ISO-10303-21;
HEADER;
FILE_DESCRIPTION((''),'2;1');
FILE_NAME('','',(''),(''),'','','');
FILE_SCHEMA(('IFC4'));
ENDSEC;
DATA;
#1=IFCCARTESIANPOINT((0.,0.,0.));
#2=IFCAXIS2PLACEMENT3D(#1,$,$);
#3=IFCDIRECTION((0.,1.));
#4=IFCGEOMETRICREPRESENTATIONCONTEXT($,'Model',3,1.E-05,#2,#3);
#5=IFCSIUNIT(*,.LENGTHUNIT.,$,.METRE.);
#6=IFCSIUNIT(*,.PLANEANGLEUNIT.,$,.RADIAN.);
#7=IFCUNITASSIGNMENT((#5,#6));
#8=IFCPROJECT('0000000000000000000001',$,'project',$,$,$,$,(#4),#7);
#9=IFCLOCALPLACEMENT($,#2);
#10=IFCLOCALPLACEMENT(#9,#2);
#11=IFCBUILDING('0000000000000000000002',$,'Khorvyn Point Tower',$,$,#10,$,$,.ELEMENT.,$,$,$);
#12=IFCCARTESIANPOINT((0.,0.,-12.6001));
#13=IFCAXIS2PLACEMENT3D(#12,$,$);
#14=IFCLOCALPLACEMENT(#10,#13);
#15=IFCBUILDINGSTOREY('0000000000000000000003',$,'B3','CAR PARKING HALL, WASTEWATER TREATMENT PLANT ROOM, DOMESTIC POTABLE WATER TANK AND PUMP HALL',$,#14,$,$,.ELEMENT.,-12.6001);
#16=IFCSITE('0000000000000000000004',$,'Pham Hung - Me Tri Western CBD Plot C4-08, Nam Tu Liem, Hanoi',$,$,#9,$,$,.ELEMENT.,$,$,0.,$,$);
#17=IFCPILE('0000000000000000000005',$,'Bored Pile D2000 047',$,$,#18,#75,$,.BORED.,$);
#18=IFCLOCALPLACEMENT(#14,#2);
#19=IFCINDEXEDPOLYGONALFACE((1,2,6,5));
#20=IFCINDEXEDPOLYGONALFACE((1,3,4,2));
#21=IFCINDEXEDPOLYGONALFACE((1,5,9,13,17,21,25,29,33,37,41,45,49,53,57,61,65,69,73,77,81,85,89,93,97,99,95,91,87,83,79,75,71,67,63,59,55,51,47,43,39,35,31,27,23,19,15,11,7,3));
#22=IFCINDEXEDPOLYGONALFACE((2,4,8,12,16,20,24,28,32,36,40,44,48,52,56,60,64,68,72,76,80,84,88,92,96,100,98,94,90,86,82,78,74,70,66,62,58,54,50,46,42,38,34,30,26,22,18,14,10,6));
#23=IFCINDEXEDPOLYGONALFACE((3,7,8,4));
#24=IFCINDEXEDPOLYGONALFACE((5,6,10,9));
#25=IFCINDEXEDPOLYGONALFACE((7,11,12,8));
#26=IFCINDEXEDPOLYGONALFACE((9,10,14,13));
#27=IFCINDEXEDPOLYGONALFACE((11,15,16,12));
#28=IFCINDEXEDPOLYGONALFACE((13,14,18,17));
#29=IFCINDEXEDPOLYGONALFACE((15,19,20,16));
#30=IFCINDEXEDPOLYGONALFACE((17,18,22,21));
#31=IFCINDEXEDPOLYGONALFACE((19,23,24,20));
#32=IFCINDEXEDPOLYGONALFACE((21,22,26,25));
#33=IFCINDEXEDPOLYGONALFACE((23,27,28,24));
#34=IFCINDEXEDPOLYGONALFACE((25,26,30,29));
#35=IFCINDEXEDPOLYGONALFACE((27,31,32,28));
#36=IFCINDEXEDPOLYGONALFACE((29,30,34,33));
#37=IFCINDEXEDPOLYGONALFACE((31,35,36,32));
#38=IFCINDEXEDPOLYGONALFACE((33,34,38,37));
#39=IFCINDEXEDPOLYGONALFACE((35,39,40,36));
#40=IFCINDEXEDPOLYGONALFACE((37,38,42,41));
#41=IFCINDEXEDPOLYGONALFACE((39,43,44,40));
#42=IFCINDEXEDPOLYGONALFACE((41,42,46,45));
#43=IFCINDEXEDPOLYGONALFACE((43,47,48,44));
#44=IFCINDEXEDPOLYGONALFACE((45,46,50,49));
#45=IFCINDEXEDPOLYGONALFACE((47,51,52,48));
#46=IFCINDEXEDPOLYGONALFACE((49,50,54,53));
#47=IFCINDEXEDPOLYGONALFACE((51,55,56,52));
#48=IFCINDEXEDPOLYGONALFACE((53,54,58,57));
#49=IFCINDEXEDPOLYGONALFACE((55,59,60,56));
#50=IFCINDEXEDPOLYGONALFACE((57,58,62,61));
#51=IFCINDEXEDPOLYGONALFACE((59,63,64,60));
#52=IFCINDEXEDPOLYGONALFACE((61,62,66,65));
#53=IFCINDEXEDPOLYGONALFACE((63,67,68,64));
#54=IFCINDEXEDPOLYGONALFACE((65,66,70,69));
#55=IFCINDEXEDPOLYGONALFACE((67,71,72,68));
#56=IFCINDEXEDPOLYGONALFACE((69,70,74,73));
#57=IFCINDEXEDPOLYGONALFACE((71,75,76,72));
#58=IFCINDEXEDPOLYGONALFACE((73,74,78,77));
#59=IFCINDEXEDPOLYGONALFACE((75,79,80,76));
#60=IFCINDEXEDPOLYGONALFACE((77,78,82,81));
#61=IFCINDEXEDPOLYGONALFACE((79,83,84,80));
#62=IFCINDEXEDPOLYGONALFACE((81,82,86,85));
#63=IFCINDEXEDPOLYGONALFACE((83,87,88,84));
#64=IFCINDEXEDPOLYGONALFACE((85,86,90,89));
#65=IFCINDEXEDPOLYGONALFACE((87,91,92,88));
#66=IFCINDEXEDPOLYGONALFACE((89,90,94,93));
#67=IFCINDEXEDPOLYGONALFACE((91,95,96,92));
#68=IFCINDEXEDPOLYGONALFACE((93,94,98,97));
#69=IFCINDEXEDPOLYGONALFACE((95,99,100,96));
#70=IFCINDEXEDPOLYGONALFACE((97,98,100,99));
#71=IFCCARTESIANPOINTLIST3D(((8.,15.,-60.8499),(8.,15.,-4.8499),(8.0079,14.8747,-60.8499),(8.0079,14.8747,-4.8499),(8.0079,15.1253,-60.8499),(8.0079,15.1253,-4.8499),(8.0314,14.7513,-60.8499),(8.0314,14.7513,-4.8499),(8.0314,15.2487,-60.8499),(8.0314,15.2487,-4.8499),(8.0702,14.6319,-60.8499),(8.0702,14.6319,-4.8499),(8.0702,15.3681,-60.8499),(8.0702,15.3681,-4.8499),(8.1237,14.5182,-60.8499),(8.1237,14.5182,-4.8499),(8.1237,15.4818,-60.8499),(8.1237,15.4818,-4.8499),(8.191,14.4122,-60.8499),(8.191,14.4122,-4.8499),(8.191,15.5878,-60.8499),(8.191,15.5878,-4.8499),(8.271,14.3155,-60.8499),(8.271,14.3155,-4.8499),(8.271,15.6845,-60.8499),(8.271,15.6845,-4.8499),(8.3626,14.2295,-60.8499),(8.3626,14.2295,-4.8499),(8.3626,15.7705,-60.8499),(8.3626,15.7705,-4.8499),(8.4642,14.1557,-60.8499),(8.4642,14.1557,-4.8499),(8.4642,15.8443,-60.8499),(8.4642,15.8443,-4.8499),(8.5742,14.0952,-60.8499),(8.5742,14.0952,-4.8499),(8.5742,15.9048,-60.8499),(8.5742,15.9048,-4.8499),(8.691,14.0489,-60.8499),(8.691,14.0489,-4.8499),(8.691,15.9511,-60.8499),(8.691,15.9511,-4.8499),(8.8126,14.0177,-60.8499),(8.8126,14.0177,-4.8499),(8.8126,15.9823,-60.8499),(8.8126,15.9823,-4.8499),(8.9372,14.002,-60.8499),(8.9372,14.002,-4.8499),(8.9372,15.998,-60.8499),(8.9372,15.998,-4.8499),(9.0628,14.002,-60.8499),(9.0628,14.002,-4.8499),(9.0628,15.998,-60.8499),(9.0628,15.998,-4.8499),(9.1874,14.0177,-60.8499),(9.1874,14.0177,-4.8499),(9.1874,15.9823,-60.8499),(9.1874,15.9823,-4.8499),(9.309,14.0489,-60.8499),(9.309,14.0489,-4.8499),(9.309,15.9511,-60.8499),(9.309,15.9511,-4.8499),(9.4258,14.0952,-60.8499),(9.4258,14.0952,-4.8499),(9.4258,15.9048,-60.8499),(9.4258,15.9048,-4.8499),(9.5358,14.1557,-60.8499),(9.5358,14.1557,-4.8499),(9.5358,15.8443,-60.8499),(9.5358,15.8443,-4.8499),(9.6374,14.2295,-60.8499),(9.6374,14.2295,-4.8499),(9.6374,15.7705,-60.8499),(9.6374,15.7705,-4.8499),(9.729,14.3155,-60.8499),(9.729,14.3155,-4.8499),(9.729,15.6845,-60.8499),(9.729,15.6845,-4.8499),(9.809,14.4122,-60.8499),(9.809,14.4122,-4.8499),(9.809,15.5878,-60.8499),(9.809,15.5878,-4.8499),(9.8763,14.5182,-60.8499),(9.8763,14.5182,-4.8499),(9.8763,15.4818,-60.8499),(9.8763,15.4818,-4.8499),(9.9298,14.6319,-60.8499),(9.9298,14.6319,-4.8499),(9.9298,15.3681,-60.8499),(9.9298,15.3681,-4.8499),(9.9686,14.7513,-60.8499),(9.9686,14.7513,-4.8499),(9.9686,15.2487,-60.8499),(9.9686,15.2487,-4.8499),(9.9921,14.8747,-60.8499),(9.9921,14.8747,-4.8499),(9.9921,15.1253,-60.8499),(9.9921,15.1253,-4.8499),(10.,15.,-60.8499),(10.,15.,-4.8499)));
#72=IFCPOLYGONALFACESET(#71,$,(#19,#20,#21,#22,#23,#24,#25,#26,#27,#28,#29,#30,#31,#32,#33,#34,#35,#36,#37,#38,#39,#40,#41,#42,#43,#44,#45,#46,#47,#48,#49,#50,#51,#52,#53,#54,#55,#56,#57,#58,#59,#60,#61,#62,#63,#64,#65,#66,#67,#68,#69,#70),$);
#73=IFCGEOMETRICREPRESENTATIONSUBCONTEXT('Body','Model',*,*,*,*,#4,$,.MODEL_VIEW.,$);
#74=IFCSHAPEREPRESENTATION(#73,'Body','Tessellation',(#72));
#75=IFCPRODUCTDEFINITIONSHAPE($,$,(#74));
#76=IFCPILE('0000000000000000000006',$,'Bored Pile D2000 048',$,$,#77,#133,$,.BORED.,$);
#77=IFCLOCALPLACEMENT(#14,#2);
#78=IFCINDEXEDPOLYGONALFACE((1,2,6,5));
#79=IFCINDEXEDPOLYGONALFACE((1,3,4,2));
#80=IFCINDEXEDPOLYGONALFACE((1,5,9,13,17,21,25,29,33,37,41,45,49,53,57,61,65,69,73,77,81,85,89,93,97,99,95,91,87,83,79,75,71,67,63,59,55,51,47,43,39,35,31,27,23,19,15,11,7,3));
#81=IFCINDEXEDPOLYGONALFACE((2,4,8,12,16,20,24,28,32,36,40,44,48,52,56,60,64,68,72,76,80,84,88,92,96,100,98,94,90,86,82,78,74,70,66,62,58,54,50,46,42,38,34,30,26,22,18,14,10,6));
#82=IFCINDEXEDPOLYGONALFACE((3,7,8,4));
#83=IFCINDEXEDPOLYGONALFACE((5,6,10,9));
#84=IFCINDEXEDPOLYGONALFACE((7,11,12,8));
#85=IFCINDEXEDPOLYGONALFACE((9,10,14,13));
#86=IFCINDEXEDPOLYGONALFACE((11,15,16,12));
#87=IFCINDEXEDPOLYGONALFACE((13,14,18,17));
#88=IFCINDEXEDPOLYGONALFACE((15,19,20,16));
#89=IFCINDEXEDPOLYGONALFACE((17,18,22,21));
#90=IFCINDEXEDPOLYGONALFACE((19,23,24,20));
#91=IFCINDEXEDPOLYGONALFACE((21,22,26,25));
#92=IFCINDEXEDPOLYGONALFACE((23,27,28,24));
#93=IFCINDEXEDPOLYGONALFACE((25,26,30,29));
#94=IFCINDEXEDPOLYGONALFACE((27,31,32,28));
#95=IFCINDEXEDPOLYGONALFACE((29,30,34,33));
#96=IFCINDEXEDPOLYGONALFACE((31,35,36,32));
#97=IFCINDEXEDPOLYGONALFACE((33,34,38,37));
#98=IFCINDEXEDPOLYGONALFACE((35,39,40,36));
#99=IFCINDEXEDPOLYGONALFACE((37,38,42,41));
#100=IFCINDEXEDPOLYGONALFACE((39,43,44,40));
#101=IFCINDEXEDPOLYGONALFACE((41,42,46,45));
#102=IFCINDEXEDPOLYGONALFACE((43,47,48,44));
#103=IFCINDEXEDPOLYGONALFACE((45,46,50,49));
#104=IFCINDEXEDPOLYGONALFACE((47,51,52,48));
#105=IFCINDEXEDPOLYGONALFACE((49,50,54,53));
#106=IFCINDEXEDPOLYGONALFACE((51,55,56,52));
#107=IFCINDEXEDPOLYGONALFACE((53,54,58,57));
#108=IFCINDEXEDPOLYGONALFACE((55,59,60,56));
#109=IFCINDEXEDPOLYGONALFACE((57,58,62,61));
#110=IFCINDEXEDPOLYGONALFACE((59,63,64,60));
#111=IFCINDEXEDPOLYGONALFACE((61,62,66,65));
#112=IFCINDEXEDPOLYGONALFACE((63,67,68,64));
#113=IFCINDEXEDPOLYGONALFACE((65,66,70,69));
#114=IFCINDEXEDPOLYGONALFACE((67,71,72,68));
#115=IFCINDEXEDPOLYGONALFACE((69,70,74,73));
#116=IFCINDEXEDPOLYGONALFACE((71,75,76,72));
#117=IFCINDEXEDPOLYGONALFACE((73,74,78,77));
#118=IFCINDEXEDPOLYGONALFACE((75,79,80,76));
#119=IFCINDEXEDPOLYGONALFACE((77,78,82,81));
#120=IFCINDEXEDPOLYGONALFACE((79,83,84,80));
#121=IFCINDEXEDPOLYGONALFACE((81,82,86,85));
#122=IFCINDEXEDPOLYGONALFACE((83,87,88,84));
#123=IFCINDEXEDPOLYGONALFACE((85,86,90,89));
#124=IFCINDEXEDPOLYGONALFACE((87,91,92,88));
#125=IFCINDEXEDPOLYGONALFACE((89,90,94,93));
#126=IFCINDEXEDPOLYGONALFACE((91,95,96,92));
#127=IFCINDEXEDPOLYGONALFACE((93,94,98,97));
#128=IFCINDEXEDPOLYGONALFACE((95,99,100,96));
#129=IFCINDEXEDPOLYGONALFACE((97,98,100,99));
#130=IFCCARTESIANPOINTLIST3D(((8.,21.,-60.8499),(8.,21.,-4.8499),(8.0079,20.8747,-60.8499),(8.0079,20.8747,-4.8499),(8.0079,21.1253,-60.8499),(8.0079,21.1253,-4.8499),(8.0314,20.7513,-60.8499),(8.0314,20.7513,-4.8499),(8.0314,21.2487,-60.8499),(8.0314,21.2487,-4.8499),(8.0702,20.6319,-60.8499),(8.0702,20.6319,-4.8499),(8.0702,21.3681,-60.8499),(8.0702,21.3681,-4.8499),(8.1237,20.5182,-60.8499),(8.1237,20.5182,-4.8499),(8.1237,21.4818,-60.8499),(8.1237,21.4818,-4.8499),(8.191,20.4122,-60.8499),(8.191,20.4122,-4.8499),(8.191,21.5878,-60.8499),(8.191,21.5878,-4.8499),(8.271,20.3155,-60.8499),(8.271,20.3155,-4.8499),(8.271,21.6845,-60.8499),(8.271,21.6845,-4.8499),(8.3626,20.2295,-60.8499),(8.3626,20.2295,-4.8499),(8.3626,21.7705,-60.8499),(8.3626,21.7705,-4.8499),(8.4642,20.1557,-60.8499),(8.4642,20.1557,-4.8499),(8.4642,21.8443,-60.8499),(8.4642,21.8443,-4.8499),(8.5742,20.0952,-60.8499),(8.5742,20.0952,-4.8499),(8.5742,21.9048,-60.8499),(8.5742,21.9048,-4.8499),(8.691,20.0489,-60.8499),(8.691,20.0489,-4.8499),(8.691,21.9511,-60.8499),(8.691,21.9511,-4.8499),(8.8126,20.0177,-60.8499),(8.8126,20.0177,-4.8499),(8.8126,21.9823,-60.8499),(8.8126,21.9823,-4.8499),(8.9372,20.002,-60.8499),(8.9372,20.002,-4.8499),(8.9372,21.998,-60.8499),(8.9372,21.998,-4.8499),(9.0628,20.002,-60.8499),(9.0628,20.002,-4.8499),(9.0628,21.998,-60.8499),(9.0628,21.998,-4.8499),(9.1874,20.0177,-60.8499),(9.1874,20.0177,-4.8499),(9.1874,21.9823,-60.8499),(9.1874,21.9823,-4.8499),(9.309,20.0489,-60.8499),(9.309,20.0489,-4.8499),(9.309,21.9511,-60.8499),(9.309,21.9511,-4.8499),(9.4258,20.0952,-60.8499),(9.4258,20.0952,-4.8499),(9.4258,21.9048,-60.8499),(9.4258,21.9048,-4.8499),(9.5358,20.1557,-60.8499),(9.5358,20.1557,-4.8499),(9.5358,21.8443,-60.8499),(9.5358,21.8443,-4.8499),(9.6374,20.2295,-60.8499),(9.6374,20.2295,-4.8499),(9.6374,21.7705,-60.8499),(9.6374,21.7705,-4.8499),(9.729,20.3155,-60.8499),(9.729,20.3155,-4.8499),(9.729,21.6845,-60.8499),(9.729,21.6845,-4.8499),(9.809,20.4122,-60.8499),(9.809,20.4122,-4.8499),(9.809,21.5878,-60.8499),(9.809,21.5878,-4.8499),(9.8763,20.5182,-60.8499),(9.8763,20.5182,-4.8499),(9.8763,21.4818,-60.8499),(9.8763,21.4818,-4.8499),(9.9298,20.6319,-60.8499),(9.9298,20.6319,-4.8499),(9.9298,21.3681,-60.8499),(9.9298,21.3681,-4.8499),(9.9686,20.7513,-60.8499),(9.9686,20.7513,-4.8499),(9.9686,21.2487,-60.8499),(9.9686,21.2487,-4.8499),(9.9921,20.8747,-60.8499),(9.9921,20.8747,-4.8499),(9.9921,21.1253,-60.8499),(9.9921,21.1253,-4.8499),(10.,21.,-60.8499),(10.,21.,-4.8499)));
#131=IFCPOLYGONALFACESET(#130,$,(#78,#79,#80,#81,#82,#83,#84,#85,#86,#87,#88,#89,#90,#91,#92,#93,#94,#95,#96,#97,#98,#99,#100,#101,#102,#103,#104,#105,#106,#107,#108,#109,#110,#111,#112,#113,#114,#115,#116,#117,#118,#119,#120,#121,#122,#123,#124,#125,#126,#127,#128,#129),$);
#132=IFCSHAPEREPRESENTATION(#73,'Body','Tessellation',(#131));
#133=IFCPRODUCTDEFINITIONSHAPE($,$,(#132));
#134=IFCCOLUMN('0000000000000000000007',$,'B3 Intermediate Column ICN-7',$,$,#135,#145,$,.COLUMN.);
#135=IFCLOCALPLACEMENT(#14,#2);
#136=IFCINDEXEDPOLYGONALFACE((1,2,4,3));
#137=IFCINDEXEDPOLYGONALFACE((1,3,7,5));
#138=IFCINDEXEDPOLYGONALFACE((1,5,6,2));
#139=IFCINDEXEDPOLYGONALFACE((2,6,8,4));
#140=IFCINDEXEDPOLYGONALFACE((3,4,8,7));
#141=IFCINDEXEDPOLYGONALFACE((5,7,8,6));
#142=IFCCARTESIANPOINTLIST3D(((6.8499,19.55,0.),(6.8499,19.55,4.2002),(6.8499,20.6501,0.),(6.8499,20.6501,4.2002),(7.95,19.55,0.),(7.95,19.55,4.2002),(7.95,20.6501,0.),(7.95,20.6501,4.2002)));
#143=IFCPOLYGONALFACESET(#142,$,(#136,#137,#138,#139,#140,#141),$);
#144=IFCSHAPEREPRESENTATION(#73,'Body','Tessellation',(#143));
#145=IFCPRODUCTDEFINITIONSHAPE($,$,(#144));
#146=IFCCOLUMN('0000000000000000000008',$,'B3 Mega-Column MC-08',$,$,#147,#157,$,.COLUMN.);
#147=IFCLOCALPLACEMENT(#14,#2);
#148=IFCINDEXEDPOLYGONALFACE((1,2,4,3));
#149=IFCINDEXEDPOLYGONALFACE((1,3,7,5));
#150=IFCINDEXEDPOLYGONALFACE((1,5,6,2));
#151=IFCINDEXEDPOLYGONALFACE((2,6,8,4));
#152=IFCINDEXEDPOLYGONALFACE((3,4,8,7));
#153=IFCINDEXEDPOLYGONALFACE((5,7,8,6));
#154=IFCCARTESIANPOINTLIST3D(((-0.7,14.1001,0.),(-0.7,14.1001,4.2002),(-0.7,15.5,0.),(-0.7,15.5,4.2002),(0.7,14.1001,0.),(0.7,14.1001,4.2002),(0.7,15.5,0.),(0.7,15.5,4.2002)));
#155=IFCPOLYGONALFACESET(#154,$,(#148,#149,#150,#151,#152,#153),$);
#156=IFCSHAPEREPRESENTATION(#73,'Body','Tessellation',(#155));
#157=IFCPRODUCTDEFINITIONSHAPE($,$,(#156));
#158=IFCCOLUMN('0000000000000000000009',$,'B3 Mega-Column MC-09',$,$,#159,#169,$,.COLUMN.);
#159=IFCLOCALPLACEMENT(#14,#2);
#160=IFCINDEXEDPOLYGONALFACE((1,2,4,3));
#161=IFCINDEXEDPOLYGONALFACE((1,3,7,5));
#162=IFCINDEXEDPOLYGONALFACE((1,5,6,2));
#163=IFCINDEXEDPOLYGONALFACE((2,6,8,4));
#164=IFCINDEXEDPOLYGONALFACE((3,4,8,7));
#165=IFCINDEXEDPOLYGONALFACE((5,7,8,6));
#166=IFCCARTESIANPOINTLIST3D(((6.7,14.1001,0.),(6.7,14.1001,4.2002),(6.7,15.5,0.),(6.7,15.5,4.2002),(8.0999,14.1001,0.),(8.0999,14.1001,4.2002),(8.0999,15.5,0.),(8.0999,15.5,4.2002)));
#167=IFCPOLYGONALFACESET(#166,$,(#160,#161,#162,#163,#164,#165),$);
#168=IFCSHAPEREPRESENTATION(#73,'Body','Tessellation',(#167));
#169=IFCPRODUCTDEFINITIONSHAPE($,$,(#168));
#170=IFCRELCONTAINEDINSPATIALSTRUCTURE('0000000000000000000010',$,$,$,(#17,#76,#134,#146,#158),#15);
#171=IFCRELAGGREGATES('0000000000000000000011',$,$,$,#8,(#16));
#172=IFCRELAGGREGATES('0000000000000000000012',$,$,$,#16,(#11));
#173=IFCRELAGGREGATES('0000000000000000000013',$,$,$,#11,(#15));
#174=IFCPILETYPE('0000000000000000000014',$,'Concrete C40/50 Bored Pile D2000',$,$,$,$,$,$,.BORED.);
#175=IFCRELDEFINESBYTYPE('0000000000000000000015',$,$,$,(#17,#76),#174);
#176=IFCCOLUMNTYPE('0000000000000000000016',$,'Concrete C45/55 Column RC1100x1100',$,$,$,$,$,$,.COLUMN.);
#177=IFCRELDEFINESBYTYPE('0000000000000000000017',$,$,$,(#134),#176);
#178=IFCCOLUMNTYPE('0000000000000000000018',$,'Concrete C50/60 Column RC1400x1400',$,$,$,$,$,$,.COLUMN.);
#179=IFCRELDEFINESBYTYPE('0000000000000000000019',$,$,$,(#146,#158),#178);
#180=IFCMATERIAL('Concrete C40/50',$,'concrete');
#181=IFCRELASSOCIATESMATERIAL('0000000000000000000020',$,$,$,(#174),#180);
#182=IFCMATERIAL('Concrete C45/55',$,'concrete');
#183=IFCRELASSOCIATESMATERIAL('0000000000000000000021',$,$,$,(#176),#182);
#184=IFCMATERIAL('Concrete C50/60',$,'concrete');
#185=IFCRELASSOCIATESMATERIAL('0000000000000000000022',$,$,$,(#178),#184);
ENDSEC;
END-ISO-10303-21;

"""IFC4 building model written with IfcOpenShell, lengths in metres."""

from ifc_helpers import new_model, si_unit, direction, frame, origin, origin_2d, place, context, subcontext, project, spatial, rectangle, circle, extrude, material, material_profile, profile_set, type_object, element, save


model = new_model("IFC4")

# Units and contexts
model_context = context("Model", 3, precision=1e-05, world=origin(), true_north=direction((0.0, 1.0)))
body_context = subcontext(model_context, "Body", "Model", "MODEL_VIEW")
ifc_project = project(units=[si_unit("LENGTHUNIT", "METRE"), si_unit("PLANEANGLEUNIT", "RADIAN")], contexts=[model_context])

# Site, building, storey
site_placement = place(None, origin())
site = spatial("IfcSite", under=ifc_project, at=site_placement, Name="Pham Hung - Me Tri Western CBD Plot C4-08, Nam Tu Liem, Hanoi", CompositionType="ELEMENT", RefElevation=0.0)
building_placement = place(site_placement, origin())
building = spatial("IfcBuilding", under=site, at=building_placement, Name="Khorvyn Point Tower", CompositionType="ELEMENT")
storey_placement = place(building_placement, frame((0.0, 0.0, -12.6001)))
storey = spatial("IfcBuildingStorey", under=building, at=storey_placement, Name="B3", Description="CAR PARKING HALL, WASTEWATER TREATMENT PLANT ROOM, DOMESTIC POTABLE WATER TANK AND PUMP HALL", CompositionType="ELEMENT", Elevation=-12.6001)

# Piles
ifc_material_1 = material(Name="Concrete C40/50", Category="concrete")
ifc_material_profile_1 = material_profile(ifc_material_1, circle(Radius=1.0, at=origin_2d()))
ifc_profile_set_1 = profile_set([ifc_material_profile_1], Name="Concrete C40/50 PILE-D2000")
pile_type_1 = type_object("IfcPileType", Name="Concrete C40/50 Bored Pile D2000", PredefinedType="BORED", material=ifc_profile_set_1)
for number, where, z_axis, x_axis, name in (
    (1, (9.0, 15.0, -4.8499), (0.0, 0.0, -1.0), (1.0, 0.0, 0.0), "Bored Pile D2000 047"),
    (2, (9.0, 21.0, -4.8499), (0.0, 0.0, -1.0), (1.0, 0.0, 0.0), "Bored Pile D2000 048"),
):
    element("IfcPile", number, at=place(storey_placement, frame(where, z_axis=z_axis, x_axis=x_axis)), inside=storey, type_object=pile_type_1, Name=name, PredefinedType="BORED", context=body_context, shape_type="SweptSolid", body=[
        extrude(circle(Radius=1.0, at=origin_2d()), origin(), (0.0, 0.0, 1.0), 56.0),
    ])

# Columns
ifc_material_2 = material(Name="Concrete C45/55", Category="concrete")
ifc_material_profile_2 = material_profile(ifc_material_2, rectangle(XDim=1.1001, YDim=1.1001, at=origin_2d()))
ifc_profile_set_2 = profile_set([ifc_material_profile_2], Name="Concrete C45/55 RC1100x1100")
column_type_1 = type_object("IfcColumnType", Name="Concrete C45/55 Column RC1100x1100", PredefinedType="COLUMN", material=ifc_profile_set_2)
column_placement = place(storey_placement, frame((7.3999, 20.1001, 0.0), z_axis=(0.0, 0.0, 1.0), x_axis=(1.0, 0.0, 0.0)))
element("IfcColumn", 3, at=column_placement, inside=storey, type_object=column_type_1, Name="B3 Intermediate Column ICN-7", PredefinedType="COLUMN", context=body_context, shape_type="SweptSolid", body=[
    extrude(rectangle(XDim=1.1001, YDim=1.1001, at=origin_2d()), origin(), (0.0, 0.0, 1.0), 4.2002),
])
ifc_material_3 = material(Name="Concrete C50/60", Category="concrete")
ifc_material_profile_3 = material_profile(ifc_material_3, rectangle(XDim=1.3999, YDim=1.3999, at=origin_2d()))
ifc_profile_set_3 = profile_set([ifc_material_profile_3], Name="Concrete C50/60 RC1400x1400")
column_type_2 = type_object("IfcColumnType", Name="Concrete C50/60 Column RC1400x1400", PredefinedType="COLUMN", material=ifc_profile_set_3)
for number, where, z_axis, x_axis, name in (
    (4, (0.0, 14.8, 0.0), (0.0, 0.0, 1.0), (1.0, 0.0, 0.0), "B3 Mega-Column MC-08"),
    (5, (7.3999, 14.8, 0.0), (0.0, 0.0, 1.0), (1.0, 0.0, 0.0), "B3 Mega-Column MC-09"),
):
    element("IfcColumn", number, at=place(storey_placement, frame(where, z_axis=z_axis, x_axis=x_axis)), inside=storey, type_object=column_type_2, Name=name, PredefinedType="COLUMN", context=body_context, shape_type="SweptSolid", body=[
        extrude(rectangle(XDim=1.3999, YDim=1.3999, at=origin_2d()), origin(), (0.0, 0.0, 1.0), 4.2002),
    ])

save(model, "model.ifc")
